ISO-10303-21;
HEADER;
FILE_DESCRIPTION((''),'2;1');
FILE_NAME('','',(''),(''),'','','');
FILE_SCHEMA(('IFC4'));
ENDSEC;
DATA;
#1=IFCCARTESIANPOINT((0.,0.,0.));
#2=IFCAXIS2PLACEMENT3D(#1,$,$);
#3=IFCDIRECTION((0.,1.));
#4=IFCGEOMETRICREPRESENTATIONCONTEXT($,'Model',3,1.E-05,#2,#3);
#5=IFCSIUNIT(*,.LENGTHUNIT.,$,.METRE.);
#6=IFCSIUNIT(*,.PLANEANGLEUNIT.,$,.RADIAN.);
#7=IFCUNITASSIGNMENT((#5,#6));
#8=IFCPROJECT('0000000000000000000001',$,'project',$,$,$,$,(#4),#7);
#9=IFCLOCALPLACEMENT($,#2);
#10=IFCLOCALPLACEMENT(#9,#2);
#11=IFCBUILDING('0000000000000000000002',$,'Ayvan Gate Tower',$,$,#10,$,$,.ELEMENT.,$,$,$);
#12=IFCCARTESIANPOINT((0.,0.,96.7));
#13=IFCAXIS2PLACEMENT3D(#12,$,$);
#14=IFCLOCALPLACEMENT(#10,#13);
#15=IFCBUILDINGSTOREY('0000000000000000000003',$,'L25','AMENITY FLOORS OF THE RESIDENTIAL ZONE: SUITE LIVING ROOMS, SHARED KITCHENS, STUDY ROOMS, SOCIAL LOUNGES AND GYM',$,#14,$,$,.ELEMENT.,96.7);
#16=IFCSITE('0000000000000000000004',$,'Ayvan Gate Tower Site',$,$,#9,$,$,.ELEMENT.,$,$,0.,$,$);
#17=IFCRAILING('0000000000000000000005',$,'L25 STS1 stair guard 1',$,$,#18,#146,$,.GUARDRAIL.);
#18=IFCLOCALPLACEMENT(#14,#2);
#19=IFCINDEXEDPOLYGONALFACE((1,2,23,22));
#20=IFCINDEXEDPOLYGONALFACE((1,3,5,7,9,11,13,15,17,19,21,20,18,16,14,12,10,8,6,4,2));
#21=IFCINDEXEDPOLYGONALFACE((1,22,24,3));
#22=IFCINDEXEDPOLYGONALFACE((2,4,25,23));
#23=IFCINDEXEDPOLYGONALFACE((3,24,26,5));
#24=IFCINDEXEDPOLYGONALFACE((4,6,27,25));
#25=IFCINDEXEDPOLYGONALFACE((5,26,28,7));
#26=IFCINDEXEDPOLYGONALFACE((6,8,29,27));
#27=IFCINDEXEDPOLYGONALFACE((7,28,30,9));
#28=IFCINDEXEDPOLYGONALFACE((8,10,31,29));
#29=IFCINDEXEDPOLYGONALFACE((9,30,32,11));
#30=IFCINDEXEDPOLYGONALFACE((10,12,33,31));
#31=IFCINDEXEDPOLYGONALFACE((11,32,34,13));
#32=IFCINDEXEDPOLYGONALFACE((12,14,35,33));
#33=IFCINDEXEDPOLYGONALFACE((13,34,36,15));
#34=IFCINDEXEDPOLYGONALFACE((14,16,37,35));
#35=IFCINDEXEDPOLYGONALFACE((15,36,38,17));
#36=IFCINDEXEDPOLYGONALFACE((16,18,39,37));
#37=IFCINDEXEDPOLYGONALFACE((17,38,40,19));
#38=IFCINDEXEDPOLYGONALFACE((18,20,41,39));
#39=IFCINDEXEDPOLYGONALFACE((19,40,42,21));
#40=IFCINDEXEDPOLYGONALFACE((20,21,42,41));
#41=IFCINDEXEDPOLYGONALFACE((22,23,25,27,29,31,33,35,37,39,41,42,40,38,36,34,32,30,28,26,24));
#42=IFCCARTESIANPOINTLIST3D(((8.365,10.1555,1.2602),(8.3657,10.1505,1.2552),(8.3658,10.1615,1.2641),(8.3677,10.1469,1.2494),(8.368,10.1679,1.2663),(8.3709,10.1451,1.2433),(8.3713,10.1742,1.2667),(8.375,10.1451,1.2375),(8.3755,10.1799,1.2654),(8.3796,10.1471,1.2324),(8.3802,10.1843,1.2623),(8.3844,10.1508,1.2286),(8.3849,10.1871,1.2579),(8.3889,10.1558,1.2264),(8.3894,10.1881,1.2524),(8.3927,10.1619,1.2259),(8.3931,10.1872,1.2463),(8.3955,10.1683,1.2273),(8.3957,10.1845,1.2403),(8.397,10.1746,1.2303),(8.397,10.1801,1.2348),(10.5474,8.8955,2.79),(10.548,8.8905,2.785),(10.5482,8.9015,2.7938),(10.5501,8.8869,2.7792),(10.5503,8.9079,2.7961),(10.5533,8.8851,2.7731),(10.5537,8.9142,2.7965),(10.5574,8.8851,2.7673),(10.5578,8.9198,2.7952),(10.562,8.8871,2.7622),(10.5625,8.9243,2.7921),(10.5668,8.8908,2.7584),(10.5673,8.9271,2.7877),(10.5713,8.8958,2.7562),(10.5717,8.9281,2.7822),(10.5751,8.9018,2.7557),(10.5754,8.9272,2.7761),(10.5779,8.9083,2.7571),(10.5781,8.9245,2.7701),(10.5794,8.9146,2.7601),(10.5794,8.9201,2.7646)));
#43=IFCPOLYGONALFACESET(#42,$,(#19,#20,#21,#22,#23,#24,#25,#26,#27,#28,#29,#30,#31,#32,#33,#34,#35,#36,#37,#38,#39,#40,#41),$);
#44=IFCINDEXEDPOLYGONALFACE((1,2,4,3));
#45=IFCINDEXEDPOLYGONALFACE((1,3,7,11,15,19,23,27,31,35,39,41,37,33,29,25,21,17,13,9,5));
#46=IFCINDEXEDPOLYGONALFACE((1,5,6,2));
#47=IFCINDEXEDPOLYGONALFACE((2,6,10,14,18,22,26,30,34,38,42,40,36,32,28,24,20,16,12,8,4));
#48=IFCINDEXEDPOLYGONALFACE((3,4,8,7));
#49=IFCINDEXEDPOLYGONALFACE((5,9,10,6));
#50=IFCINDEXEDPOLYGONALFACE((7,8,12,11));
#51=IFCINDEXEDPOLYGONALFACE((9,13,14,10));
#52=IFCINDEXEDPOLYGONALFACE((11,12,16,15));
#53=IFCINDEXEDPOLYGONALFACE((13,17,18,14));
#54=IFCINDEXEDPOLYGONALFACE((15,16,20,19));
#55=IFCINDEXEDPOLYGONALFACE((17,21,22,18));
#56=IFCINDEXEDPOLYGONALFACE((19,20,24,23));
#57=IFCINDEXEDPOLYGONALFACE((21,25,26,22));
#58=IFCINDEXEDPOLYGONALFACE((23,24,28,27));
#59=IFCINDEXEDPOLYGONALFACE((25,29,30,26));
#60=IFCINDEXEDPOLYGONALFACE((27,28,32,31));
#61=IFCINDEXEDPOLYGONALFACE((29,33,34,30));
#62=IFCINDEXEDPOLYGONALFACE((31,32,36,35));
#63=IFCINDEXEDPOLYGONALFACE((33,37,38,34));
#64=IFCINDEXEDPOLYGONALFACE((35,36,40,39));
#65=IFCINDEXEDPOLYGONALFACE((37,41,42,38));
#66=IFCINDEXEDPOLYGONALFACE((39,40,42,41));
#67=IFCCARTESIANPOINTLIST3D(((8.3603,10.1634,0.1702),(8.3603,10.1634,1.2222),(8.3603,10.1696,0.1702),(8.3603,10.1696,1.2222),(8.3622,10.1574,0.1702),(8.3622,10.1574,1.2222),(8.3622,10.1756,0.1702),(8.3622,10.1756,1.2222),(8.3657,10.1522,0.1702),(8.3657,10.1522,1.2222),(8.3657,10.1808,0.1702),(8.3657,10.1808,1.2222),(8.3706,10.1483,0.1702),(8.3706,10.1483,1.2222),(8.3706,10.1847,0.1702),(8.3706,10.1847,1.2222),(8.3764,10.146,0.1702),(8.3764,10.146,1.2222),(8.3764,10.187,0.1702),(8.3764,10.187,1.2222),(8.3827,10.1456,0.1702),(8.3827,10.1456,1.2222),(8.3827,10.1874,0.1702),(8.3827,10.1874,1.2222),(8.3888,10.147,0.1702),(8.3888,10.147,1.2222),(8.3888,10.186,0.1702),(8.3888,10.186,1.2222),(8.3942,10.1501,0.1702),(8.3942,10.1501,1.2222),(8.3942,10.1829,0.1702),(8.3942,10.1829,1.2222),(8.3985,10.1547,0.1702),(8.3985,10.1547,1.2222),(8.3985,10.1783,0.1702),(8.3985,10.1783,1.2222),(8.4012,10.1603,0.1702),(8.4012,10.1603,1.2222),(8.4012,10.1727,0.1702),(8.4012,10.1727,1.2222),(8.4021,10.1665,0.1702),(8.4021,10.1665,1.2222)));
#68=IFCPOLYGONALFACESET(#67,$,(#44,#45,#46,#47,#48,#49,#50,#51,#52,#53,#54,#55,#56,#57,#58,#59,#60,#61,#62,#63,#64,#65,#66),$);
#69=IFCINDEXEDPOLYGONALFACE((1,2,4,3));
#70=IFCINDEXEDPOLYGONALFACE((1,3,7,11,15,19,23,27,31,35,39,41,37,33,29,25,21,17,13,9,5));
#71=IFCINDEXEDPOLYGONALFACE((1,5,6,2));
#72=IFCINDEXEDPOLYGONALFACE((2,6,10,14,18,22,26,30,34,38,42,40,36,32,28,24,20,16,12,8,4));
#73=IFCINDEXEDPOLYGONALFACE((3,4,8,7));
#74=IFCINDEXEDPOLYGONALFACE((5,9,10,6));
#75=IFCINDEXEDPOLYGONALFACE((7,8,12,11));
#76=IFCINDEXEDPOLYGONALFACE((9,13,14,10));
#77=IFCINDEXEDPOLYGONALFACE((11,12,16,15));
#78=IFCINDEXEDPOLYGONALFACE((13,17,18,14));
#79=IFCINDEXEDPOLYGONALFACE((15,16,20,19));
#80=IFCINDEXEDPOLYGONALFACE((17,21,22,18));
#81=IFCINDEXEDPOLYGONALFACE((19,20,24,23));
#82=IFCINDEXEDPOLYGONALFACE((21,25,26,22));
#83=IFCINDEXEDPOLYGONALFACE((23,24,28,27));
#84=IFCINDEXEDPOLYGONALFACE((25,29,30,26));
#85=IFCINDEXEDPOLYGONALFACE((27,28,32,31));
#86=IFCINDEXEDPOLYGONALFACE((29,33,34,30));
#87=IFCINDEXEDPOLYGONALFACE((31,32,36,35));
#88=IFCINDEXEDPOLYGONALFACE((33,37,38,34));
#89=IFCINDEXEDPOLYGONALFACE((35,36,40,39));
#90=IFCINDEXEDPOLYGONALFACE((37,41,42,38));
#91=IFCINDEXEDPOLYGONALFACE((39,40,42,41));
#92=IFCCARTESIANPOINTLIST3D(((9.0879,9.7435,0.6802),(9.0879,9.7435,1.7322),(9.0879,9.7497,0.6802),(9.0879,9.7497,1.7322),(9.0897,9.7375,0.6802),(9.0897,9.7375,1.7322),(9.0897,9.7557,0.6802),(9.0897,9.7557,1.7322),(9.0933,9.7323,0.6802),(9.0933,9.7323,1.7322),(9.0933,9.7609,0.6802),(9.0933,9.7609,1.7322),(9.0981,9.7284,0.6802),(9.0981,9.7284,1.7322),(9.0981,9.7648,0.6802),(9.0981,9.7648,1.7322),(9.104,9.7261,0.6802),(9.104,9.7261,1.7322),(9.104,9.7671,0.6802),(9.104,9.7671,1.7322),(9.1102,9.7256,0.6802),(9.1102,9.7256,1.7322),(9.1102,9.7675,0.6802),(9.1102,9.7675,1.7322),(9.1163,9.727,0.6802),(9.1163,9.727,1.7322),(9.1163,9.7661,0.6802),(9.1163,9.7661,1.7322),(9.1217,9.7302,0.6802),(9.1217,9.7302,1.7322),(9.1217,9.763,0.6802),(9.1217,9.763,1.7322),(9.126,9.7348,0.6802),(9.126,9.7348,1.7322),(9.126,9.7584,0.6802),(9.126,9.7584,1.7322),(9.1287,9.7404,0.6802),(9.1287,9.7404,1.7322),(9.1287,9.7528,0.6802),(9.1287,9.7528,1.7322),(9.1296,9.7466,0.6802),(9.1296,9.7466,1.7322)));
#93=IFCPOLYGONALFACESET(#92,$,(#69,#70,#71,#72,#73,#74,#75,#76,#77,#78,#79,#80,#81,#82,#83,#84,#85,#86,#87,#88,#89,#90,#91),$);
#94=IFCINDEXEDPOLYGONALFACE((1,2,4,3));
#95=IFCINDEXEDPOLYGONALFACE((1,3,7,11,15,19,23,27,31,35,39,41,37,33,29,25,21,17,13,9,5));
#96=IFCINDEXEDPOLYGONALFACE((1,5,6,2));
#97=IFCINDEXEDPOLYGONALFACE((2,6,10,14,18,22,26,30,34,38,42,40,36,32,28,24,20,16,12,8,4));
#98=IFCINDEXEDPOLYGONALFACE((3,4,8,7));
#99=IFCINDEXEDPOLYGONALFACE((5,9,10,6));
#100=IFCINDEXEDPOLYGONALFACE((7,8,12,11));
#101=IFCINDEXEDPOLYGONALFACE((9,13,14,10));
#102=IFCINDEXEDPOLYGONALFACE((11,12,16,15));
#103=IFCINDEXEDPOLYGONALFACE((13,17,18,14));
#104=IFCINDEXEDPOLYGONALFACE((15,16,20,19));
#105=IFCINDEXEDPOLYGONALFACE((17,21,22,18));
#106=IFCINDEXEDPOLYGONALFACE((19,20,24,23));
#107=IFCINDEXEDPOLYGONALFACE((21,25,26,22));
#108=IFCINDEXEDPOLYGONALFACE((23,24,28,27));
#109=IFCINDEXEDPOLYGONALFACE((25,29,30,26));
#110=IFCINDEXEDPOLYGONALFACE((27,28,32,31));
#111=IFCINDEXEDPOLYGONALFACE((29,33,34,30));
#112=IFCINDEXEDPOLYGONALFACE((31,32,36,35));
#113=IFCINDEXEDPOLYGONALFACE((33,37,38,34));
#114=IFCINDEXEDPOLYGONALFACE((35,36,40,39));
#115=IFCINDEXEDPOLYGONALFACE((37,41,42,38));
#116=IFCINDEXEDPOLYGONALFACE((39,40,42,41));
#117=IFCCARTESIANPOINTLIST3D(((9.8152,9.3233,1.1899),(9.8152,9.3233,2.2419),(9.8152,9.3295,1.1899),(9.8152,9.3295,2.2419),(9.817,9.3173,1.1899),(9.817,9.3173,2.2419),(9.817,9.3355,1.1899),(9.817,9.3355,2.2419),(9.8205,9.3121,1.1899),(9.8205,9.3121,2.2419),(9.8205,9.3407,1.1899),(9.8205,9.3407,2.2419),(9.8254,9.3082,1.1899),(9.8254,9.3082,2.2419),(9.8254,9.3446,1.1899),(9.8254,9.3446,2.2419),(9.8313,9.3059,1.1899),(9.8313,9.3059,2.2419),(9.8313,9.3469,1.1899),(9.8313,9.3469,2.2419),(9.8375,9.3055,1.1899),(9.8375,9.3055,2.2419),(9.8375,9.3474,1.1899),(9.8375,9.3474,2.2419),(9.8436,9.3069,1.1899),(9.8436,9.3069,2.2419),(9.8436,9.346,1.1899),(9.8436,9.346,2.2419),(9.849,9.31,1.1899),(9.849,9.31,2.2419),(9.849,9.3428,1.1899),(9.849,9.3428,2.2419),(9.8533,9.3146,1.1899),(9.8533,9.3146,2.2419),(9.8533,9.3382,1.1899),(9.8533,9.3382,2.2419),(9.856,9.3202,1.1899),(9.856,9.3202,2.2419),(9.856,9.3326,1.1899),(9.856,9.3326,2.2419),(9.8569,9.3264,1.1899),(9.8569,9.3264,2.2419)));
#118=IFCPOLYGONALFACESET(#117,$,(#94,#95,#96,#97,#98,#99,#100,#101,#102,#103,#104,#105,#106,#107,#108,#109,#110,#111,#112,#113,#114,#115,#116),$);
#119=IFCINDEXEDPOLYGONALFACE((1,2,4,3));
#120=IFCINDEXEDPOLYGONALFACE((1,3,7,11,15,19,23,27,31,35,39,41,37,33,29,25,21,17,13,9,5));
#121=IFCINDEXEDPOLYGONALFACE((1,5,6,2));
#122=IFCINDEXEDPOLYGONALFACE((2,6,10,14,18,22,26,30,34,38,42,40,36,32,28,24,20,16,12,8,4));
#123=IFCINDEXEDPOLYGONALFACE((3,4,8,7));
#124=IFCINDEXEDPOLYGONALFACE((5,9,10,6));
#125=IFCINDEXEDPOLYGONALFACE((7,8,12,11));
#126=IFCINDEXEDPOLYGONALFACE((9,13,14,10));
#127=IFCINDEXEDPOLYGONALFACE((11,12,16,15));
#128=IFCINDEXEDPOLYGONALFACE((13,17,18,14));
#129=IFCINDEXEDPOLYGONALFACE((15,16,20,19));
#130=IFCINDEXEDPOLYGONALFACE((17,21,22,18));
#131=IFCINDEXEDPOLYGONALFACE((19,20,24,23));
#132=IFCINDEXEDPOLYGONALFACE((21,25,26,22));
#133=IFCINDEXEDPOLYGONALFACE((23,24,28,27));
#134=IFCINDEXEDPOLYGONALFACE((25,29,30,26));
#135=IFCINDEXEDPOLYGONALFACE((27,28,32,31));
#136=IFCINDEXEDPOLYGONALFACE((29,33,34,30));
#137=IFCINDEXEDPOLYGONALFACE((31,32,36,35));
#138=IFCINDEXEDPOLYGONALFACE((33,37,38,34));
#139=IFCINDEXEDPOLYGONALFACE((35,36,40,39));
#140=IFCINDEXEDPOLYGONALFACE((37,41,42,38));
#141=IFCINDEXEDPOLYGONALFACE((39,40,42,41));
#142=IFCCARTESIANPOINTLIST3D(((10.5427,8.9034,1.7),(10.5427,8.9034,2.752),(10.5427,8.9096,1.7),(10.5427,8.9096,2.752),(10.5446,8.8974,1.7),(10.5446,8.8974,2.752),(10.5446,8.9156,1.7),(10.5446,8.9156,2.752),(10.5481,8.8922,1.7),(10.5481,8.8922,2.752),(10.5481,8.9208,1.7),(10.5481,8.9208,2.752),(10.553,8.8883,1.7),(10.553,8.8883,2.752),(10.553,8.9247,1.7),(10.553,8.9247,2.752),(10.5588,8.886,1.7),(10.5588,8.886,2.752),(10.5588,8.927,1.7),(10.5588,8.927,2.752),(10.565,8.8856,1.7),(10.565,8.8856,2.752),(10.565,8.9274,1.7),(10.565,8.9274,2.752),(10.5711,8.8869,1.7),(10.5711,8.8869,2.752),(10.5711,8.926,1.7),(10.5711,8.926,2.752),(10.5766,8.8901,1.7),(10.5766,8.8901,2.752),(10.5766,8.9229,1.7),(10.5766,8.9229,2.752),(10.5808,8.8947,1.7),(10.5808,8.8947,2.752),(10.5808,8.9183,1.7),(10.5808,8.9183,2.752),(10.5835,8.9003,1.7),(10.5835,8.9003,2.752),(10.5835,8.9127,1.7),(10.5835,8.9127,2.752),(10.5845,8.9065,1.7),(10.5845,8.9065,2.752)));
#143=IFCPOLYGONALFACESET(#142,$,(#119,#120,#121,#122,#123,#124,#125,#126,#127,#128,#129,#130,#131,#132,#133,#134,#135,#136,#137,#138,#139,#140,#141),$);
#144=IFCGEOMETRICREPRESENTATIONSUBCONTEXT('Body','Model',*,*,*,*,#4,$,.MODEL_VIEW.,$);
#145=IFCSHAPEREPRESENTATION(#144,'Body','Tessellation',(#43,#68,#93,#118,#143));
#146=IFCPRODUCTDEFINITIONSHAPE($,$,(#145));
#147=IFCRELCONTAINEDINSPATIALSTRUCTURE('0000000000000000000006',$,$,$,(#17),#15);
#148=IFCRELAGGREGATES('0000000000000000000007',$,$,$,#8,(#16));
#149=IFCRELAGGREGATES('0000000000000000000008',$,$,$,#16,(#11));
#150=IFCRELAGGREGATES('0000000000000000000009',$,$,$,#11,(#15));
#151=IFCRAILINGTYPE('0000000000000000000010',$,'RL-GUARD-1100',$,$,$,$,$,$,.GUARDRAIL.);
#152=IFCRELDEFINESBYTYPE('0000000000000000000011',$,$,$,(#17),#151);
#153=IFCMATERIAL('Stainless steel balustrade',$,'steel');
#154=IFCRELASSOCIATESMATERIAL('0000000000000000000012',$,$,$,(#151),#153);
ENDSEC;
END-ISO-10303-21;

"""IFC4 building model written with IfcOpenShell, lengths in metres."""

from ifc_helpers import new_model, si_unit, direction, frame, origin, origin_2d, place, context, subcontext, project, spatial, circle, extrude, material, type_object, element, save


model = new_model("IFC4")

# Units and contexts
model_context = context("Model", 3, precision=1e-05, world=origin(), true_north=direction((0.0, 1.0)))
body_context = subcontext(model_context, "Body", "Model", "MODEL_VIEW")
ifc_project = project(units=[si_unit("LENGTHUNIT", "METRE"), si_unit("PLANEANGLEUNIT", "RADIAN")], contexts=[model_context])

# Site, building, storey
site_placement = place(None, origin())
site = spatial("IfcSite", under=ifc_project, at=site_placement, Name="Ayvan Gate Tower Site", CompositionType="ELEMENT", RefElevation=0.0)
building_placement = place(site_placement, origin())
building = spatial("IfcBuilding", under=site, at=building_placement, Name="Ayvan Gate Tower", CompositionType="ELEMENT")
storey_placement = place(building_placement, frame((0.0, 0.0, 96.7)))
storey = spatial("IfcBuildingStorey", under=building, at=storey_placement, Name="L25", Description="AMENITY FLOORS OF THE RESIDENTIAL ZONE: SUITE LIVING ROOMS, SHARED KITCHENS, STUDY ROOMS, SOCIAL LOUNGES AND GYM", CompositionType="ELEMENT", Elevation=96.7)

# Railing
ifc_material_1 = material(Name="Stainless steel balustrade", Category="steel")
railing_type_1 = type_object("IfcRailingType", Name="RL-GUARD-1100", PredefinedType="GUARDRAIL", material=ifc_material_1)
railing_1_placement = place(storey_placement, frame((8.3811, 10.1665, 0.1702)))
element("IfcRailing", 1, at=railing_1_placement, inside=storey, type_object=railing_type_1, Name="L25 STS1 stair guard 1", PredefinedType="GUARDRAIL", context=body_context, shape_type="SweptSolid", body=[
    extrude(circle(Radius=0.0239, at=origin_2d()), frame((0.0, 0.0, 1.0762), z_axis=(0.740293, -0.427414, 0.518926), x_axis=(0.500005, 0.866023, 0.0)), (0.0, 0.0, 1.0), 2.948),
    extrude(circle(Radius=0.021, at=origin_2d()), origin(), (0.0, 0.0, 1.0), 1.052),
    extrude(circle(Radius=0.021, at=origin_2d()), frame((0.7275, -0.4199, 0.51)), (0.0, 0.0, 1.0), 1.052),
    extrude(circle(Radius=0.021, at=origin_2d()), frame((1.4548, -0.8401, 1.0198)), (0.0, 0.0, 1.0), 1.052),
    extrude(circle(Radius=0.021, at=origin_2d()), frame((2.1824, -1.26, 1.5298)), (0.0, 0.0, 1.0), 1.052),
])

save(model, "model.ifc")
